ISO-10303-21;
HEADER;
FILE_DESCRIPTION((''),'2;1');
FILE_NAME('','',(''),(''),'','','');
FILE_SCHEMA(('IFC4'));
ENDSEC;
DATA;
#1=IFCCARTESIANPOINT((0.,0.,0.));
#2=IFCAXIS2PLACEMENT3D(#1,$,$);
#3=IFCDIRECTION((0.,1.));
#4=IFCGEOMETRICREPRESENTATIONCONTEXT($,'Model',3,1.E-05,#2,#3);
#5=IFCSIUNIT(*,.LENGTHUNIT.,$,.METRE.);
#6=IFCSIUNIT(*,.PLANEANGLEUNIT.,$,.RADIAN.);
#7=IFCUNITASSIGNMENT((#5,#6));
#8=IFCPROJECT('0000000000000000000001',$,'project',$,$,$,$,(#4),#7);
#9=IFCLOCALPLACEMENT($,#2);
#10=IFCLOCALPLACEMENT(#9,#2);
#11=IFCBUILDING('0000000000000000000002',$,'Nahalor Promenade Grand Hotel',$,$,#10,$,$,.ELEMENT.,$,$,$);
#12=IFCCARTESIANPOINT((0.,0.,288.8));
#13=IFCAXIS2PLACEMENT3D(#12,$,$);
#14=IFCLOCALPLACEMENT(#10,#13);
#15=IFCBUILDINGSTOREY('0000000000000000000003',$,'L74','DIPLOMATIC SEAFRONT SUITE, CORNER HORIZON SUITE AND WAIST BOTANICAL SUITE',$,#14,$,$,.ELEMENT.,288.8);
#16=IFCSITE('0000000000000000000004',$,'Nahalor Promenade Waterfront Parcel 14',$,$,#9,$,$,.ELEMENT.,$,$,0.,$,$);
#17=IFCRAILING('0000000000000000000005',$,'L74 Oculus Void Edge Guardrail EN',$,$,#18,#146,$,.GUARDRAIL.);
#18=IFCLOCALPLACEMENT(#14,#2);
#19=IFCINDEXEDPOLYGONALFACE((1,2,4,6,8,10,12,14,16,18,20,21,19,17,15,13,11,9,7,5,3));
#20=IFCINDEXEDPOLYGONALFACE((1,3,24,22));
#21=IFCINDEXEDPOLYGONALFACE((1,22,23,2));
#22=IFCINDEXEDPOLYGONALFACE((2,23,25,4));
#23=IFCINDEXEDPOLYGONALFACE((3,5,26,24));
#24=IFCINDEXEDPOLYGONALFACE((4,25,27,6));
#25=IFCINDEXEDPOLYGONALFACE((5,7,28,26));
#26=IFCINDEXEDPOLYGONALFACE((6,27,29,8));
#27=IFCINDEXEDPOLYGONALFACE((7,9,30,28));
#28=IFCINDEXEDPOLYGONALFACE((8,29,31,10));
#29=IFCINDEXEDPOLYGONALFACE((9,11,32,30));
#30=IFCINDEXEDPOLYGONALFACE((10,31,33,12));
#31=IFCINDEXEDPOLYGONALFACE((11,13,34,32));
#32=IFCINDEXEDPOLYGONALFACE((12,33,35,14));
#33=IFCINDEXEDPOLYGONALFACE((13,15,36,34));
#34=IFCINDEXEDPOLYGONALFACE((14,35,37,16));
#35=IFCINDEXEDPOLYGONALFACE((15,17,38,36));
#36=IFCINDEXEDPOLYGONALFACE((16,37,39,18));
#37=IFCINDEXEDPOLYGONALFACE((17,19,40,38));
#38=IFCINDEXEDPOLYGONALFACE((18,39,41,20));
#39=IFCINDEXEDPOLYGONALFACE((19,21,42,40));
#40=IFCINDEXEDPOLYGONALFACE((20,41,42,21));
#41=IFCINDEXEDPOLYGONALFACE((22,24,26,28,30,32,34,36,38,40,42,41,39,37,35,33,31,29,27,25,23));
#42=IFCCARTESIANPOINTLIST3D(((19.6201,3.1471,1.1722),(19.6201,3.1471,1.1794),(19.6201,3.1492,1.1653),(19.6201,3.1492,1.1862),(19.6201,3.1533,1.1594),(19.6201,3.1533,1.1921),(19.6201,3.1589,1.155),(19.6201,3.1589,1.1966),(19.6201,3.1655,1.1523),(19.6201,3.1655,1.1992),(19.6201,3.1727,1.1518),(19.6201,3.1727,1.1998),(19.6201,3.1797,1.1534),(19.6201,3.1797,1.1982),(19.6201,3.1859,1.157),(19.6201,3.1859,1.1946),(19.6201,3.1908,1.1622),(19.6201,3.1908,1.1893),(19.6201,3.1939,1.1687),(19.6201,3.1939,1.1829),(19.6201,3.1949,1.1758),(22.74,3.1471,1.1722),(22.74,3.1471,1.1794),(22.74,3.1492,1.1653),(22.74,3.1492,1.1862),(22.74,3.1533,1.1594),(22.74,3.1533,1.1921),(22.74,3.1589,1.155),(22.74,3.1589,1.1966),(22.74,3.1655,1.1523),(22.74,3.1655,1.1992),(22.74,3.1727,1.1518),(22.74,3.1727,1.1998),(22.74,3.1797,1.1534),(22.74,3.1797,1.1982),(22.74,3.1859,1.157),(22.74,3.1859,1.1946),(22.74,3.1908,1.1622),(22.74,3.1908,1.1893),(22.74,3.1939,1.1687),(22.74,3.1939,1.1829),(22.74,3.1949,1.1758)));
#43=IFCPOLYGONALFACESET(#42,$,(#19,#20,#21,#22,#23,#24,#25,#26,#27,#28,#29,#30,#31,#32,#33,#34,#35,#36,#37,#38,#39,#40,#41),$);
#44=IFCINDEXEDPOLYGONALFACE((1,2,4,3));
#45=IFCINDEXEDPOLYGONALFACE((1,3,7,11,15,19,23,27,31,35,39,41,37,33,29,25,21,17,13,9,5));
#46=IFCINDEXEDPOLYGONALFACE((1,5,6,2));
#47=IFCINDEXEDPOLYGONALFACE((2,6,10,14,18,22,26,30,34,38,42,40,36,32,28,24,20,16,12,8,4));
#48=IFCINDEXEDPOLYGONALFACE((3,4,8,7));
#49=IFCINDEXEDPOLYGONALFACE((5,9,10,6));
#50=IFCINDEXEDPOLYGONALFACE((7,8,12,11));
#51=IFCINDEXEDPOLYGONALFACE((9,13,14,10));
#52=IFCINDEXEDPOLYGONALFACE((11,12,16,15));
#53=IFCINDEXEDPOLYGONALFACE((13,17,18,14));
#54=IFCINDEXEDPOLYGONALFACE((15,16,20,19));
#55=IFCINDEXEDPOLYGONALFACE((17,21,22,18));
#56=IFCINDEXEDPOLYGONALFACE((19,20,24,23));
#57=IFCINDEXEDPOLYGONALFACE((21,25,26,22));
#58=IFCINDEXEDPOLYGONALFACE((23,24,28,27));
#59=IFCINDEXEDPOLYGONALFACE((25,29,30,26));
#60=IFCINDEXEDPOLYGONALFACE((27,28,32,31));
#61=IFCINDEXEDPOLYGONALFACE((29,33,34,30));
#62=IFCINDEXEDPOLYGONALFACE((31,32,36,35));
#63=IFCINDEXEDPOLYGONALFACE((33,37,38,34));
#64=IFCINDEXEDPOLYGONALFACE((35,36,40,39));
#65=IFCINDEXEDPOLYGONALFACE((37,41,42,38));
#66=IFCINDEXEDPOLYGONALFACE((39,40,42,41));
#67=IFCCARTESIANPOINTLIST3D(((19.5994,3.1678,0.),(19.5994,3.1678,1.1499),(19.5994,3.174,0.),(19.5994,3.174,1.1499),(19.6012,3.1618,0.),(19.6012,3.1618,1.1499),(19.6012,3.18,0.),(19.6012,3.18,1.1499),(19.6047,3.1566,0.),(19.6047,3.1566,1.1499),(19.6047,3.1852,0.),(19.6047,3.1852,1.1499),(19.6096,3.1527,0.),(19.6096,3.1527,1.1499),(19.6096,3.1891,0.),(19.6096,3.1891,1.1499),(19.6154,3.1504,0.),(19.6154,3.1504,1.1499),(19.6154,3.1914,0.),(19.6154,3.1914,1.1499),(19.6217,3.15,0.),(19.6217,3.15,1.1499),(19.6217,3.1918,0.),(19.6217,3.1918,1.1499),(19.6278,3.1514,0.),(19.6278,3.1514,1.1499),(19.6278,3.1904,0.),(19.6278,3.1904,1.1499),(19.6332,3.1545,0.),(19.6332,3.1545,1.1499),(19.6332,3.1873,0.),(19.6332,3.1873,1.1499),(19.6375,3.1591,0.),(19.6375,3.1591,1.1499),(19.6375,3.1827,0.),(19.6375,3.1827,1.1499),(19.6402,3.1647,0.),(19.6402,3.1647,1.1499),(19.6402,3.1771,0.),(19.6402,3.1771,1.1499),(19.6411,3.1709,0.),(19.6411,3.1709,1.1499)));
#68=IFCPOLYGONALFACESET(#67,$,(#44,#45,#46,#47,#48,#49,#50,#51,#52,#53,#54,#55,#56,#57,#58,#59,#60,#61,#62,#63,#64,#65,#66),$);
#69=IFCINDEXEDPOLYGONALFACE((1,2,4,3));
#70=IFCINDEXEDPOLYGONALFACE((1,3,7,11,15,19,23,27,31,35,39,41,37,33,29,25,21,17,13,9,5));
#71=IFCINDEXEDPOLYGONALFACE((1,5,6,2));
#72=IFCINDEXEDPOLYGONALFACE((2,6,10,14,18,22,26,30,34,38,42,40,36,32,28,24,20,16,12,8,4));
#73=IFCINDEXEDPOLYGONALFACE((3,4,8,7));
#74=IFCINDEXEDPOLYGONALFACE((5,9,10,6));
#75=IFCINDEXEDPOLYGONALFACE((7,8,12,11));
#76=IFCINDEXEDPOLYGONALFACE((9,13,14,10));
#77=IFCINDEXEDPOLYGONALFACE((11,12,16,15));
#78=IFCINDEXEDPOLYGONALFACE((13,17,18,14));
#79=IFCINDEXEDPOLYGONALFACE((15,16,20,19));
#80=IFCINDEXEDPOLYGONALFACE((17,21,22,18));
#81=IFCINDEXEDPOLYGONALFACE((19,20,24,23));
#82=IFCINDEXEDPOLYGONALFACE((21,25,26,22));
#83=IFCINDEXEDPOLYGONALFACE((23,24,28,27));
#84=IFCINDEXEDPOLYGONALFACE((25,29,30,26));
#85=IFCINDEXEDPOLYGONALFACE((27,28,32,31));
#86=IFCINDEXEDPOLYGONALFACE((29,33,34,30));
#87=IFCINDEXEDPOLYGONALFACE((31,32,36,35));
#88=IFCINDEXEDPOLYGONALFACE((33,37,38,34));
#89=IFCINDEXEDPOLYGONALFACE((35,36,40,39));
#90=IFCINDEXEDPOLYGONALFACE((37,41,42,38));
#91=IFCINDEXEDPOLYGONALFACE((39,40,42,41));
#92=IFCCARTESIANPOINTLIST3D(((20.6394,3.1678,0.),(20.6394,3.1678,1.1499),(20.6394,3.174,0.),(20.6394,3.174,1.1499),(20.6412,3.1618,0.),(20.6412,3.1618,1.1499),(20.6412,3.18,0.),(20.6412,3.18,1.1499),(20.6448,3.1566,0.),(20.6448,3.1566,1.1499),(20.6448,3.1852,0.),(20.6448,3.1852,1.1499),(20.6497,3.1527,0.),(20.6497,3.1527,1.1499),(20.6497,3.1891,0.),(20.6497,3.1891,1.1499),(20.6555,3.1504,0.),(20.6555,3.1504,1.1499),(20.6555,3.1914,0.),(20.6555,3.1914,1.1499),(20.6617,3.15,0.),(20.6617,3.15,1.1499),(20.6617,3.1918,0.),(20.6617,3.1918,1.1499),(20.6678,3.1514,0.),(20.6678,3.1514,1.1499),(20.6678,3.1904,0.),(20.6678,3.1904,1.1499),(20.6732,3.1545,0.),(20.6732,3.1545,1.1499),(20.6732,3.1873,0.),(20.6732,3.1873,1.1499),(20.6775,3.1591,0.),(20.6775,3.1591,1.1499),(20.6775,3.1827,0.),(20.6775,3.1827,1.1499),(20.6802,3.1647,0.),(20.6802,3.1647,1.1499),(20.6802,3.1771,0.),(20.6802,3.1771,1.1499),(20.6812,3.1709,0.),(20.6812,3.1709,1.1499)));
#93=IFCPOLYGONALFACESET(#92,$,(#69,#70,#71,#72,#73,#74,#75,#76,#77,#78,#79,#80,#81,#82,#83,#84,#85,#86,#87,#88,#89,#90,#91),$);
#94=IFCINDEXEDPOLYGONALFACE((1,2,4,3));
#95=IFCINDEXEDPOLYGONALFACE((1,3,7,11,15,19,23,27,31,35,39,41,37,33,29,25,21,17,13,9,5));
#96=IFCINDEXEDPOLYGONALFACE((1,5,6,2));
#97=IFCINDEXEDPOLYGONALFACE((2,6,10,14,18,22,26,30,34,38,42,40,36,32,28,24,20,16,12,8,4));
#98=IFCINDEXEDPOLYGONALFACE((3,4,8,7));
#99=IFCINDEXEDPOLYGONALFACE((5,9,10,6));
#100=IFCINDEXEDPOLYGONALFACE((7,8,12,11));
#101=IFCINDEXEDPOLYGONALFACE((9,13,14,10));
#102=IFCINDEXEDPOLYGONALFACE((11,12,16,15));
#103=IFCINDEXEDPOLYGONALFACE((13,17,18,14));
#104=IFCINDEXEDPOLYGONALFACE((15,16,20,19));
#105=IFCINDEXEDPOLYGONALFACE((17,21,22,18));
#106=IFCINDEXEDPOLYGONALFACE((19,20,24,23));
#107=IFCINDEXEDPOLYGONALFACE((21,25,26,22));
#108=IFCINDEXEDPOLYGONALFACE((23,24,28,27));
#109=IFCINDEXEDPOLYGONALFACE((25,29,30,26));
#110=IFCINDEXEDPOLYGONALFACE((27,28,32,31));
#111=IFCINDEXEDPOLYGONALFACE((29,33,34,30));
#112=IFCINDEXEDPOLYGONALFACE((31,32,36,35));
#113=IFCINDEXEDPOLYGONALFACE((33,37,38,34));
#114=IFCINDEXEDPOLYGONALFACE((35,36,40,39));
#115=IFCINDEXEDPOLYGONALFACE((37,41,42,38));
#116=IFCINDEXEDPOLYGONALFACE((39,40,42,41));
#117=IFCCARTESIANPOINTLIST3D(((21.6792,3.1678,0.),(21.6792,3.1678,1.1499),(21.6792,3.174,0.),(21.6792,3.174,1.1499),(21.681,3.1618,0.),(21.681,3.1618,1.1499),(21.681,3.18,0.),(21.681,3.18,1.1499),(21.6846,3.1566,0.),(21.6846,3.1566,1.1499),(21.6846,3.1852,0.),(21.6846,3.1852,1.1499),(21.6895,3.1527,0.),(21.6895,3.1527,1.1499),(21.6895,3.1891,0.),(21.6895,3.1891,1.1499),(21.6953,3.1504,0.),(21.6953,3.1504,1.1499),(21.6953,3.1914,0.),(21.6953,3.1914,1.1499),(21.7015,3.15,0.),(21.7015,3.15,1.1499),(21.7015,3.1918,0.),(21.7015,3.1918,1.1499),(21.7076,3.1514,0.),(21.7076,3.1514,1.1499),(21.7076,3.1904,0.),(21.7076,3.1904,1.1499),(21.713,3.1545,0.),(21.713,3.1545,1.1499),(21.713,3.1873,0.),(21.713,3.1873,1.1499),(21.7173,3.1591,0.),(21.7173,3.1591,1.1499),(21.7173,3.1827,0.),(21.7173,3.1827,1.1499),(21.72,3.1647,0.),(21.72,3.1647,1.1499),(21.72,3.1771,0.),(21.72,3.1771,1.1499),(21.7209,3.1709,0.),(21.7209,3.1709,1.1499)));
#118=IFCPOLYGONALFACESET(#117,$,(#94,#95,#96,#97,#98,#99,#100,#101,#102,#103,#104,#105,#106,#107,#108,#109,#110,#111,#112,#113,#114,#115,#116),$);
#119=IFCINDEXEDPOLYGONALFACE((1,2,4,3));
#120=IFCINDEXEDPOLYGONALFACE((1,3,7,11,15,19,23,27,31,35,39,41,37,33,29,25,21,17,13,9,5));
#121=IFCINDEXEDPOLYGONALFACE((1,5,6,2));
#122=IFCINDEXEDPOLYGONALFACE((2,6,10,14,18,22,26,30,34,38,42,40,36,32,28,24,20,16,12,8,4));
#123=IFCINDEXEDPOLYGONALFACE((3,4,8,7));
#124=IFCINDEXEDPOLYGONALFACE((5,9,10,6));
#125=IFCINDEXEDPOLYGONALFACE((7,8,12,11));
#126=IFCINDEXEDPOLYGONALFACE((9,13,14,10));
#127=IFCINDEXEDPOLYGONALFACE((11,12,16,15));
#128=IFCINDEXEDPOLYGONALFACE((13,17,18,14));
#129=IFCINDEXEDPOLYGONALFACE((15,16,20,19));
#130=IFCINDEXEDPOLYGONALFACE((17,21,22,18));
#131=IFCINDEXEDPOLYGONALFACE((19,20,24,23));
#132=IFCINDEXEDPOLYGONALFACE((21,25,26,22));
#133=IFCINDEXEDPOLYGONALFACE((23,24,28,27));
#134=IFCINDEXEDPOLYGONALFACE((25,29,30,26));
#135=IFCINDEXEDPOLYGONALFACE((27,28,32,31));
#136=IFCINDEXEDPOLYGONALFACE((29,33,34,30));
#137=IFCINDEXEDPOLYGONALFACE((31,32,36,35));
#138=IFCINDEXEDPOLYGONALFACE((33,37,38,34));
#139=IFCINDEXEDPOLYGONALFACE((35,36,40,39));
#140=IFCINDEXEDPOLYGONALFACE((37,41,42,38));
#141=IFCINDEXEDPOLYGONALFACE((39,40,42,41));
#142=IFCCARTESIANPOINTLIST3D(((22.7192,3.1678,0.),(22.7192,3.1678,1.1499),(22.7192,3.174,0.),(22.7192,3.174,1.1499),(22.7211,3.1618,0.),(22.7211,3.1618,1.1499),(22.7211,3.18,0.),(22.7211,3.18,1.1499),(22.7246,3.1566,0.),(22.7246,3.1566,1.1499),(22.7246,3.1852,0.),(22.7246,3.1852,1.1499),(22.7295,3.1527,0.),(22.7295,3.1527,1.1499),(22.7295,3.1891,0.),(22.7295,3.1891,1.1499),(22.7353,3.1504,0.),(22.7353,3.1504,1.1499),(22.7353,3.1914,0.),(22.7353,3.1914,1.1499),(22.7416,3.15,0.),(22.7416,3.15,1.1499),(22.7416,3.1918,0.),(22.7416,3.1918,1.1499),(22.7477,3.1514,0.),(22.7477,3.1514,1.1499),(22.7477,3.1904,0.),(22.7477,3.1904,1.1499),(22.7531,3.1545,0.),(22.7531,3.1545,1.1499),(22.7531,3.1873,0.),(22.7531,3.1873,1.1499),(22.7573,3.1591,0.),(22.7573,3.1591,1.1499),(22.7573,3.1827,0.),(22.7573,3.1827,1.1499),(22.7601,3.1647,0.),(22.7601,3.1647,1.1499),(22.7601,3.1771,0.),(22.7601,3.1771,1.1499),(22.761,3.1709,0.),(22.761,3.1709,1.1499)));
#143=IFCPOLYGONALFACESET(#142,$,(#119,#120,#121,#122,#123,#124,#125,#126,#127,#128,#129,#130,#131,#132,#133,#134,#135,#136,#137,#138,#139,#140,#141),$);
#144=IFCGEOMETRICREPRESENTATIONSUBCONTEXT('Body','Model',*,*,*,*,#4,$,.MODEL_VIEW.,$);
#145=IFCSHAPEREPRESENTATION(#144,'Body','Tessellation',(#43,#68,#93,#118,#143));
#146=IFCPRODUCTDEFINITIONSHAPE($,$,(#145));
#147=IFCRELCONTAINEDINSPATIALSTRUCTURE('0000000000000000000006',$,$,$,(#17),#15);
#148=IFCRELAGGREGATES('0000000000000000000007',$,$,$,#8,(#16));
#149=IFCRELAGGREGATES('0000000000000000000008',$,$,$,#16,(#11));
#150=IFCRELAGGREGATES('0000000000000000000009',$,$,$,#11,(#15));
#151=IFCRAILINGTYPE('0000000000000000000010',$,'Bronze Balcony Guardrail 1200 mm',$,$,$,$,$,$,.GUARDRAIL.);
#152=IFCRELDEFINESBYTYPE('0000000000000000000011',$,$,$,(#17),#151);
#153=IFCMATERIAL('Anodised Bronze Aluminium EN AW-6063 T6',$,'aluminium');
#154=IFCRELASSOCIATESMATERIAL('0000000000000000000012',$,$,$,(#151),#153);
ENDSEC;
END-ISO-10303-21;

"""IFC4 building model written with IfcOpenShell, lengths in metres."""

from ifc_helpers import new_model, si_unit, direction, frame, origin, origin_2d, place, context, subcontext, project, spatial, circle, extrude, material, type_object, element, save


model = new_model("IFC4")

# Units and contexts
model_context = context("Model", 3, precision=1e-05, world=origin(), true_north=direction((0.0, 1.0)))
body_context = subcontext(model_context, "Body", "Model", "MODEL_VIEW")
ifc_project = project(units=[si_unit("LENGTHUNIT", "METRE"), si_unit("PLANEANGLEUNIT", "RADIAN")], contexts=[model_context])

# Site, building, storey
site_placement = place(None, origin())
site = spatial("IfcSite", under=ifc_project, at=site_placement, Name="Nahalor Promenade Waterfront Parcel 14", CompositionType="ELEMENT", RefElevation=0.0)
building_placement = place(site_placement, origin())
building = spatial("IfcBuilding", under=site, at=building_placement, Name="Nahalor Promenade Grand Hotel", CompositionType="ELEMENT")
storey_placement = place(building_placement, frame((0.0, 0.0, 288.8)))
storey = spatial("IfcBuildingStorey", under=building, at=storey_placement, Name="L74", Description="DIPLOMATIC SEAFRONT SUITE, CORNER HORIZON SUITE AND WAIST BOTANICAL SUITE", CompositionType="ELEMENT", Elevation=288.8)

# Shared definitions
ifc_material_1 = material(Name="Anodised Bronze Aluminium EN AW-6063 T6", Category="aluminium")

# Railing
railing_type = type_object("IfcRailingType", Name="Bronze Balcony Guardrail 1200 mm", PredefinedType="GUARDRAIL", material=ifc_material_1)
railing_placement = place(storey_placement, frame((19.6201, 3.1709, 0.0)))
element("IfcRailing", 1, at=railing_placement, inside=storey, type_object=railing_type, Name="L74 Oculus Void Edge Guardrail EN", PredefinedType="GUARDRAIL", context=body_context, shape_type="SweptSolid", body=[
    extrude(circle(Radius=0.024, at=origin_2d()), frame((0.0, 0.0, 1.1758), z_axis=(1.0, 0.0, 0.0), x_axis=(0.0, 1.0, 0.0)), (0.0, 0.0, 1.0), 3.1199),
    extrude(circle(Radius=0.021, at=origin_2d()), origin(), (0.0, 0.0, 1.0), 1.1499),
    extrude(circle(Radius=0.021, at=origin_2d()), frame((1.04, 0.0, 0.0)), (0.0, 0.0, 1.0), 1.1499),
    extrude(circle(Radius=0.021, at=origin_2d()), frame((2.0798, 0.0, 0.0)), (0.0, 0.0, 1.0), 1.1499),
    extrude(circle(Radius=0.021, at=origin_2d()), frame((3.1199, 0.0, 0.0)), (0.0, 0.0, 1.0), 1.1499),
])

save(model, "model.ifc")
